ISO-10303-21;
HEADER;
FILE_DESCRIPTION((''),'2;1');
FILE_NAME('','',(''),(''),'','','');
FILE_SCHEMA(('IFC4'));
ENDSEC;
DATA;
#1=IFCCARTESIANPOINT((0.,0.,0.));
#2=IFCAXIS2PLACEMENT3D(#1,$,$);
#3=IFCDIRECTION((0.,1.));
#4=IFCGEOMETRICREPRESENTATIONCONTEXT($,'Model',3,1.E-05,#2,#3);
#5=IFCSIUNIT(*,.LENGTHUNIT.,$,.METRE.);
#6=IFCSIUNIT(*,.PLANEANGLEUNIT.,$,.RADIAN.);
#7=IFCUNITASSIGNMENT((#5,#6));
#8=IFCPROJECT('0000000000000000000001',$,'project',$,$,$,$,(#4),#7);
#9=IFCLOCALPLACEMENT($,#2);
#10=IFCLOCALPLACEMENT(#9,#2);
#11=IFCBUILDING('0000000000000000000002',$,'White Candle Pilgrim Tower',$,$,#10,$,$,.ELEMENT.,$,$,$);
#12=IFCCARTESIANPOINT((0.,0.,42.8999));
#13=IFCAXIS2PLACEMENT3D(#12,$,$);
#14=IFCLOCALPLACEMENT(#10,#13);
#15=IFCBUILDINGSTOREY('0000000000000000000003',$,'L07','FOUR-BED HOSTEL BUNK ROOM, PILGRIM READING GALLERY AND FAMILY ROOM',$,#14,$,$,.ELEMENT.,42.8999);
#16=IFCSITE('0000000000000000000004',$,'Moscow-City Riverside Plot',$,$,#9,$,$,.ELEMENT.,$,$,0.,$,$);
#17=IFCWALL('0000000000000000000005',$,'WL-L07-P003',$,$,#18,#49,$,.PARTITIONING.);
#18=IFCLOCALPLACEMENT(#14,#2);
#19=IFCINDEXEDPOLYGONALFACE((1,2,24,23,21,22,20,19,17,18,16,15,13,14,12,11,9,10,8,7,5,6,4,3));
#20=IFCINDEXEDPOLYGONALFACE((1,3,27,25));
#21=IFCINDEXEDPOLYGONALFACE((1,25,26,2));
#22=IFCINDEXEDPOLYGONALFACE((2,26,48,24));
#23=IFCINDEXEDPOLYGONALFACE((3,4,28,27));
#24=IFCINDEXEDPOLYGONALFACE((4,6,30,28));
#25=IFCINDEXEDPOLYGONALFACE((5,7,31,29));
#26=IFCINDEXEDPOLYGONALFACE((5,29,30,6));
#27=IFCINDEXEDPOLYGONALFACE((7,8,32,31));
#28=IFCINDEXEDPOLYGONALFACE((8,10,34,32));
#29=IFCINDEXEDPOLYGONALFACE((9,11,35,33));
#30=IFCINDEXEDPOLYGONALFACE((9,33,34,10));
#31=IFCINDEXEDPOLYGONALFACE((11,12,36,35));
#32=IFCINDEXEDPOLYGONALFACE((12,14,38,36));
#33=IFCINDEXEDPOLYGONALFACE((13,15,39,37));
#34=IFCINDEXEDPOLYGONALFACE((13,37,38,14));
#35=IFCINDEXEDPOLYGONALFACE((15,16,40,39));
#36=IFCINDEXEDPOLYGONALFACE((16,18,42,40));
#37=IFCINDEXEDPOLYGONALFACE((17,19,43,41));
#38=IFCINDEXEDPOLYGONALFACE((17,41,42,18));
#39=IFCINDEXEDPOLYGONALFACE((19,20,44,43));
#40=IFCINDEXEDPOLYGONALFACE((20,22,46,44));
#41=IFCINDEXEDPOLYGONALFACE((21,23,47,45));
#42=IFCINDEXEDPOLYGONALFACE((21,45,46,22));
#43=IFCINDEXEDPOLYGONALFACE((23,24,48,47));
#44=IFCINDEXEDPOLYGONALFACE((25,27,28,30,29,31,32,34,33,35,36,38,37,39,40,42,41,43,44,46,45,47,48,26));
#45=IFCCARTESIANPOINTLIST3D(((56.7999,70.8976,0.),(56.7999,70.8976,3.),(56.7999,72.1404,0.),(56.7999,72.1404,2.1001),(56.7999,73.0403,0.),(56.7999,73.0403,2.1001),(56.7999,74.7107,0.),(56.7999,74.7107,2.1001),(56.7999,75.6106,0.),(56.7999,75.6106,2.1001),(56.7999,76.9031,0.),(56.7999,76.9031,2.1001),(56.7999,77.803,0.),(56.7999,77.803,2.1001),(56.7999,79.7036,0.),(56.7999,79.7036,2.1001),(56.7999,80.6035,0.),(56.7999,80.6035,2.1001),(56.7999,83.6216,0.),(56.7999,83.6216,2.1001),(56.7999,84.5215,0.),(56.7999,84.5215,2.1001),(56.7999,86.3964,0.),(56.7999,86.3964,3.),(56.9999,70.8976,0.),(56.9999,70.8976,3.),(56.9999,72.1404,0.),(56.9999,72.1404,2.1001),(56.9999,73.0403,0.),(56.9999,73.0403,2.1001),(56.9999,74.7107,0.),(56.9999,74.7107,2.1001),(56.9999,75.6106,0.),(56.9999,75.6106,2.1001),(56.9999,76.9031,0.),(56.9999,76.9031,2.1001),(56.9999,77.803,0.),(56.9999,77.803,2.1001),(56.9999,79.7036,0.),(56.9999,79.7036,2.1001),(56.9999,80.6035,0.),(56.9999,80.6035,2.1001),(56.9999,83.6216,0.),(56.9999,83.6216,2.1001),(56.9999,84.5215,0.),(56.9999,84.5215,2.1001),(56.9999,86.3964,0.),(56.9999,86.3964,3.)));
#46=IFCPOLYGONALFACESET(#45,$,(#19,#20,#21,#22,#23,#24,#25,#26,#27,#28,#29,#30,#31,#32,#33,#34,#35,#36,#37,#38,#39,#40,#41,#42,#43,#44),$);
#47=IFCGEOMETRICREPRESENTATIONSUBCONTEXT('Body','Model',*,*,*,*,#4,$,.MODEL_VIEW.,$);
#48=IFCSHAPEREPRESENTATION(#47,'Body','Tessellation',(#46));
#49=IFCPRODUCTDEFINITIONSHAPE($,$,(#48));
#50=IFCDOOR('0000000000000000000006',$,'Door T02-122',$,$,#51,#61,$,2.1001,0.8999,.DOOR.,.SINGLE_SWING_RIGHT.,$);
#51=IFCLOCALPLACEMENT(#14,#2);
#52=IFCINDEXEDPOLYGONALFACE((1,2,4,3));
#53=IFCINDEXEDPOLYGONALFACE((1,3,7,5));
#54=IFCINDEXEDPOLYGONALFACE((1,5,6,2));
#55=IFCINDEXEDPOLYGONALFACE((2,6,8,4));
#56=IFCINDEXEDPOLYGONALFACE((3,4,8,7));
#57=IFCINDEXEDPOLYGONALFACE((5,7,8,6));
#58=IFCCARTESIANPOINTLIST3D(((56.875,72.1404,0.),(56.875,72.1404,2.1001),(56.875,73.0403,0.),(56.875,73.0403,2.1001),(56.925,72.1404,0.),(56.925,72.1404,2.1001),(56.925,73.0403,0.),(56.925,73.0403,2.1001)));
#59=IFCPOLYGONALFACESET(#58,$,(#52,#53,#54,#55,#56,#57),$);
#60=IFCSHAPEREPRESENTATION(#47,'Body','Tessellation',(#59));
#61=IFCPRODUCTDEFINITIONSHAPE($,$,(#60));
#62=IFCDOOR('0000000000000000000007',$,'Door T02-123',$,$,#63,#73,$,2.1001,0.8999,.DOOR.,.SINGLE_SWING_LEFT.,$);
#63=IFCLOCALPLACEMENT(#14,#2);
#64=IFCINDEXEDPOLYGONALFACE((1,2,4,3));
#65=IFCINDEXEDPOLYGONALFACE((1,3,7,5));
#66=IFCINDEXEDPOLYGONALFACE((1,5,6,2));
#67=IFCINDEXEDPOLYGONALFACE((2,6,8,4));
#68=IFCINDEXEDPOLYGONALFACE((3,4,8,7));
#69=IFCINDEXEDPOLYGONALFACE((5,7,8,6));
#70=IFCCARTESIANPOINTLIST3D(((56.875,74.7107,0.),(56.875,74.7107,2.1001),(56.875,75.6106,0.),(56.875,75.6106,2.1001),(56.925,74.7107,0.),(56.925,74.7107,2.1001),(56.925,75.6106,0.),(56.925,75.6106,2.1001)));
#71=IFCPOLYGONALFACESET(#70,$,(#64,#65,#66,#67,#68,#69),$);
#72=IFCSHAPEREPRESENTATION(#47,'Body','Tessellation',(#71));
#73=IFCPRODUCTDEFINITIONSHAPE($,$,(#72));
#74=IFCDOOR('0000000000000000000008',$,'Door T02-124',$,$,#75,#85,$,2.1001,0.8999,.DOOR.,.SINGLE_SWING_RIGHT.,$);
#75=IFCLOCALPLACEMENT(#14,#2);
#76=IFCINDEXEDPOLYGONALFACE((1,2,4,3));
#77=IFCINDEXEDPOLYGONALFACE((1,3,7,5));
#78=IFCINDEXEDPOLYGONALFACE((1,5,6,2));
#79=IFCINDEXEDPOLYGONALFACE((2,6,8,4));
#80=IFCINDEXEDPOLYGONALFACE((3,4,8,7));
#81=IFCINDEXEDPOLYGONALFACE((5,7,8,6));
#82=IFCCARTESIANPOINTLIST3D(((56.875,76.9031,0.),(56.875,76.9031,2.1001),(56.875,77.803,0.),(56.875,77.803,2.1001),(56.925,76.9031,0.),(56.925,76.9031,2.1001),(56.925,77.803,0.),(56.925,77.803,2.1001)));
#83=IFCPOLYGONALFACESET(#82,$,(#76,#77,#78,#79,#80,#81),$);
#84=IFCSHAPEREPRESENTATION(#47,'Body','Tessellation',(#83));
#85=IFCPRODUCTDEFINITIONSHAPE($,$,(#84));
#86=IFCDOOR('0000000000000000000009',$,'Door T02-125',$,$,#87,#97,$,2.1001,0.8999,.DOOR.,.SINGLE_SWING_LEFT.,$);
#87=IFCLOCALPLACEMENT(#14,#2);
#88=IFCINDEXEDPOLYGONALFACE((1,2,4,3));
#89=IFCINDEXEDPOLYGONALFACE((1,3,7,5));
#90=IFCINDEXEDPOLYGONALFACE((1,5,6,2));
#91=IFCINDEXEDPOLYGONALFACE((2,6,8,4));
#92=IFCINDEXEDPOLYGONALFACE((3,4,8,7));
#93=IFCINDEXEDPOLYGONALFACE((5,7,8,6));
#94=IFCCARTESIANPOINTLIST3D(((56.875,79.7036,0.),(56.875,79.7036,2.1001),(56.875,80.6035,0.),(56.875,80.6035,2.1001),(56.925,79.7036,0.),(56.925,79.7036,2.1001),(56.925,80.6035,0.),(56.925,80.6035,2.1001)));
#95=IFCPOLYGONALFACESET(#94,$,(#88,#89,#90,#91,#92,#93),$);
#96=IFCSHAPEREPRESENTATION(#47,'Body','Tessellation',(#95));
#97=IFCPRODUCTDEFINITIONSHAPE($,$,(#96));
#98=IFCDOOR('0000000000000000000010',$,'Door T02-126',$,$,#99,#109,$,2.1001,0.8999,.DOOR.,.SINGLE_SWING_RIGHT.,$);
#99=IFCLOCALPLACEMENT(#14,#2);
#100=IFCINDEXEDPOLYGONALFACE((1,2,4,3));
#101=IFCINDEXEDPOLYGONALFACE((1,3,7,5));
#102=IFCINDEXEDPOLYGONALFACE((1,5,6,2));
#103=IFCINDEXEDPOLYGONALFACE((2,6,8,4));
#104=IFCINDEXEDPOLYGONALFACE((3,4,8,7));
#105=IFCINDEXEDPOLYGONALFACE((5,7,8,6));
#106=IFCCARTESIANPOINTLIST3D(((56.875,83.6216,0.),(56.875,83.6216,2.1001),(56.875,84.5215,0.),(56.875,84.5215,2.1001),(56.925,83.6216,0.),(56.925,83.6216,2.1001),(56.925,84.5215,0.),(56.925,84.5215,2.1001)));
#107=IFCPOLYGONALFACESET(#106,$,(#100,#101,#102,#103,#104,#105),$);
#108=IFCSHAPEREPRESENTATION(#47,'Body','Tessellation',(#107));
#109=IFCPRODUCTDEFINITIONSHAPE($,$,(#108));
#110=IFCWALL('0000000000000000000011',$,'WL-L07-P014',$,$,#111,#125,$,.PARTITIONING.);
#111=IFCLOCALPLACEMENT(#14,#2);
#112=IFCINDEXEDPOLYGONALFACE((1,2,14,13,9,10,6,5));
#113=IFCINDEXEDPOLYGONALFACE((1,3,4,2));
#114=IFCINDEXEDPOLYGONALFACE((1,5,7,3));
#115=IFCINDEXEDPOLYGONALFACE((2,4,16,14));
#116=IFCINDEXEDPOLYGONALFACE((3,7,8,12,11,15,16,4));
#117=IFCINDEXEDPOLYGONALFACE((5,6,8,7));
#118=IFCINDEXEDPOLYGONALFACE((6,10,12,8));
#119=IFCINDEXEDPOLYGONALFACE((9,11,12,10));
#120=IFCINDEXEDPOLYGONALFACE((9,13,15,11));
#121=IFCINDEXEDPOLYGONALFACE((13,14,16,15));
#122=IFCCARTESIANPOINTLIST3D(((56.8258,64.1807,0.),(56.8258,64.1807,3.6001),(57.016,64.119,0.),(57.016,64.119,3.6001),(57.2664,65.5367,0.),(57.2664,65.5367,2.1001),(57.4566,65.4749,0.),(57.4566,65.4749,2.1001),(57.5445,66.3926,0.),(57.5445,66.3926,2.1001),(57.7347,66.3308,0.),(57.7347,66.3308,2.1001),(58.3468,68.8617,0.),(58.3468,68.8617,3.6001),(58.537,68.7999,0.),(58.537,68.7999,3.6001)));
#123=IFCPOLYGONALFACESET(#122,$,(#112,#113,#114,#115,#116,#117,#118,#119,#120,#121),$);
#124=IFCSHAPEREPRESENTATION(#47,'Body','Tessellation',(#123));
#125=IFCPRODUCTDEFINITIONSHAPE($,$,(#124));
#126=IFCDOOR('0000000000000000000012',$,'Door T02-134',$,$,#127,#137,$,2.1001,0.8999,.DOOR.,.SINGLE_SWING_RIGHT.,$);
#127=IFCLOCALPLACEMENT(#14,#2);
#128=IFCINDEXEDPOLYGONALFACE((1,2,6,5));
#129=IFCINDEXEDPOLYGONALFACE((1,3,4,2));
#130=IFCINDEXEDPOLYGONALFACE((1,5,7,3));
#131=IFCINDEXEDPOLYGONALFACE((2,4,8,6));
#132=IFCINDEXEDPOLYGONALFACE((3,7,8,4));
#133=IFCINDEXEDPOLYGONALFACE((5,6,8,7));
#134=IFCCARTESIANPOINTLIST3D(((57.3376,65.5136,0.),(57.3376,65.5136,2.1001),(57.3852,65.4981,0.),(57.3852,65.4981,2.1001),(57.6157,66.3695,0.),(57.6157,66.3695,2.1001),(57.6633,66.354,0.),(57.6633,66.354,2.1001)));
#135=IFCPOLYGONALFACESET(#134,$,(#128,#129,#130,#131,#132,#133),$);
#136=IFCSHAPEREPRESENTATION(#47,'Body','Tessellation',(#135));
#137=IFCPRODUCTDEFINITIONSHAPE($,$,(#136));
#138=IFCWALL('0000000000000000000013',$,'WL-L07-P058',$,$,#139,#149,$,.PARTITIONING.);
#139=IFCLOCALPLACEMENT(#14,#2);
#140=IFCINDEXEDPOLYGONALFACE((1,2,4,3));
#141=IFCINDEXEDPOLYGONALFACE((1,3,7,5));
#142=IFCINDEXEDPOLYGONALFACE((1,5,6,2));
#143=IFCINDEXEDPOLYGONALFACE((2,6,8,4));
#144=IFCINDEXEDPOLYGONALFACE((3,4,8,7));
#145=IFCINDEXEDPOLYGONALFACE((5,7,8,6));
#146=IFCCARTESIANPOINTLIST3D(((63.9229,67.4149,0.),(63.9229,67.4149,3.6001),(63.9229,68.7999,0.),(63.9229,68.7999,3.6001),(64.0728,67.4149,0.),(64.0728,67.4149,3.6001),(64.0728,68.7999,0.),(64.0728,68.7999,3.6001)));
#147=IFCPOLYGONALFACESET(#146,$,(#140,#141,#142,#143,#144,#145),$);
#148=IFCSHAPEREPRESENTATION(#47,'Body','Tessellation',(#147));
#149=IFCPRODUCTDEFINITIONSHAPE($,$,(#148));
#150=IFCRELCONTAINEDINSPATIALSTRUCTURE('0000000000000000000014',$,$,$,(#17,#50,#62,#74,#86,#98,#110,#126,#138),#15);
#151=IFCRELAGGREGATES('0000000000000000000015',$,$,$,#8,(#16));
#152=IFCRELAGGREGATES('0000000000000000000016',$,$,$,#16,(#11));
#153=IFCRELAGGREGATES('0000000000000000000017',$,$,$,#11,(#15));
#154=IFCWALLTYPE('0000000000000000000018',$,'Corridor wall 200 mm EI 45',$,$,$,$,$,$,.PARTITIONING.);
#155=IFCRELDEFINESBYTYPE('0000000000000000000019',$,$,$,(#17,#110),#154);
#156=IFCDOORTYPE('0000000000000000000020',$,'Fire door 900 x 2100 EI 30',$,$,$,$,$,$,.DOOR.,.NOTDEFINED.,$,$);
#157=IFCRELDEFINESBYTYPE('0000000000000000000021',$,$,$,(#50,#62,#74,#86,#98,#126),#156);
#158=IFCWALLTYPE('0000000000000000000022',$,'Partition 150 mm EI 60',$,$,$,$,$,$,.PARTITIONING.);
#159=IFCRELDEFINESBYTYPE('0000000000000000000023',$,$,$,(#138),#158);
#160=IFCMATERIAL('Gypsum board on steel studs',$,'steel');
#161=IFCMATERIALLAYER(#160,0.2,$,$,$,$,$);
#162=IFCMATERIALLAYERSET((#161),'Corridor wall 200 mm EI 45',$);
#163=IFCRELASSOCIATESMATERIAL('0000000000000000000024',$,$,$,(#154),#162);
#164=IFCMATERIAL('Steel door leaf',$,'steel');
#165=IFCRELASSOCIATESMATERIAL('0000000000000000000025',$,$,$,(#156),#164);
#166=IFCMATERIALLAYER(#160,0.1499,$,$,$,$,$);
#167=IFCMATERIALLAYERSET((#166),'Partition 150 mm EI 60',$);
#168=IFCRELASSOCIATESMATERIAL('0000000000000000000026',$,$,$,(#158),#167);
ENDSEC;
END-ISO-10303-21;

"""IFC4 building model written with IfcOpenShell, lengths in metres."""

from ifc_helpers import new_model, si_unit, direction, frame, frame_2d, origin, place, context, subcontext, project, spatial, rectangle, extrude, material, layer, layer_set, type_object, element, fill, save


model = new_model("IFC4")

# Units and contexts
model_context = context("Model", 3, precision=1e-05, world=origin(), true_north=direction((0.0, 1.0)))
body_context = subcontext(model_context, "Body", "Model", "MODEL_VIEW")
ifc_project = project(units=[si_unit("LENGTHUNIT", "METRE"), si_unit("PLANEANGLEUNIT", "RADIAN")], contexts=[model_context])

# Site, building, storey
site_placement = place(None, origin())
site = spatial("IfcSite", under=ifc_project, at=site_placement, Name="Moscow-City Riverside Plot", CompositionType="ELEMENT", RefElevation=0.0)
building_placement = place(site_placement, origin())
building = spatial("IfcBuilding", under=site, at=building_placement, Name="White Candle Pilgrim Tower", CompositionType="ELEMENT")
storey_placement = place(building_placement, frame((0.0, 0.0, 42.8999)))
storey = spatial("IfcBuildingStorey", under=building, at=storey_placement, Name="L07", Description="FOUR-BED HOSTEL BUNK ROOM, PILGRIM READING GALLERY AND FAMILY ROOM", CompositionType="ELEMENT", Elevation=42.8999)

# Wall, openings, doors
ifc_material_1 = material(Name="Gypsum board on steel studs", Category="steel")
ifc_layer_1 = layer(ifc_material_1, 0.2)
ifc_layer_set_1 = layer_set([ifc_layer_1], Name="Corridor wall 200 mm EI 45")
wall_type_1 = type_object("IfcWallType", Name="Corridor wall 200 mm EI 45", PredefinedType="PARTITIONING", material=ifc_layer_set_1)
wall_1_placement = place(storey_placement, frame((56.8999, 70.8975, 0.0), z_axis=(0.0, 0.0, 1.0), x_axis=(0.0, 1.0, 0.0)))
wall_1 = element("IfcWall", 1, at=wall_1_placement, inside=storey, type_object=wall_type_1, Name="WL-L07-P003", PredefinedType="PARTITIONING", context=body_context, shape_type="SweptSolid", body=[
    extrude(rectangle(XDim=15.4988, YDim=0.2, at=frame_2d((7.7495, 0.0))), origin(), (0.0, 0.0, 1.0), 3.0),
])
opening_1_placement = place(wall_1_placement, frame((1.2429, 0.0, 0.0)))
opening_1 = element("IfcOpeningElement", 2, at=opening_1_placement, cuts=wall_1, PredefinedType="OPENING", context=body_context, shape_type="SweptSolid", body=[
    extrude(rectangle(XDim=0.8999, YDim=2.1001, at=frame_2d((0.45, 1.05))), frame((0.0, 0.1099, 0.0), z_axis=(0.0, -1.0, 0.0), x_axis=(1.0, 0.0, 0.0)), (0.0, 0.0, 1.0), 0.22),
])
opening_2_placement = place(wall_1_placement, frame((3.8132, 0.0, 0.0)))
opening_2 = element("IfcOpeningElement", 3, at=opening_2_placement, cuts=wall_1, PredefinedType="OPENING", context=body_context, shape_type="SweptSolid", body=[
    extrude(rectangle(XDim=0.8999, YDim=2.1001, at=frame_2d((0.45, 1.05))), frame((0.0, 0.1099, 0.0), z_axis=(0.0, -1.0, 0.0), x_axis=(1.0, 0.0, 0.0)), (0.0, 0.0, 1.0), 0.22),
])
opening_3_placement = place(wall_1_placement, frame((6.0056, 0.0, 0.0)))
opening_3 = element("IfcOpeningElement", 4, at=opening_3_placement, cuts=wall_1, PredefinedType="OPENING", context=body_context, shape_type="SweptSolid", body=[
    extrude(rectangle(XDim=0.8999, YDim=2.1001, at=frame_2d((0.45, 1.05))), frame((0.0, 0.1099, 0.0), z_axis=(0.0, -1.0, 0.0), x_axis=(1.0, 0.0, 0.0)), (0.0, 0.0, 1.0), 0.22),
])
opening_4_placement = place(wall_1_placement, frame((8.8062, 0.0, 0.0)))
opening_4 = element("IfcOpeningElement", 5, at=opening_4_placement, cuts=wall_1, PredefinedType="OPENING", context=body_context, shape_type="SweptSolid", body=[
    extrude(rectangle(XDim=0.8999, YDim=2.1001, at=frame_2d((0.45, 1.05))), frame((0.0, 0.1099, 0.0), z_axis=(0.0, -1.0, 0.0), x_axis=(1.0, 0.0, 0.0)), (0.0, 0.0, 1.0), 0.22),
])
opening_5_placement = place(wall_1_placement, frame((12.7241, 0.0, 0.0)))
opening_5 = element("IfcOpeningElement", 6, at=opening_5_placement, cuts=wall_1, PredefinedType="OPENING", context=body_context, shape_type="SweptSolid", body=[
    extrude(rectangle(XDim=0.8999, YDim=2.1001, at=frame_2d((0.45, 1.05))), frame((0.0, 0.1099, 0.0), z_axis=(0.0, -1.0, 0.0), x_axis=(1.0, 0.0, 0.0)), (0.0, 0.0, 1.0), 0.22),
])
ifc_material_2 = material(Name="Steel door leaf", Category="steel")
door_type_1 = type_object("IfcDoorType", Name="Fire door 900 x 2100 EI 30", OperationType="NOTDEFINED", PredefinedType="DOOR", material=ifc_material_2)
door_1_placement = place(opening_1_placement, origin())
door_1 = element("IfcDoor", 7, at=door_1_placement, inside=storey, type_object=door_type_1, Name="Door T02-122", OperationType="SINGLE_SWING_RIGHT", OverallHeight=2.1001, OverallWidth=0.8999, PredefinedType="DOOR", context=body_context, shape_type="SweptSolid", body=[
    extrude(rectangle(XDim=0.8999, YDim=2.1001, at=frame_2d((0.45, 1.05))), frame((0.0, 0.0249, 0.0), z_axis=(0.0, -1.0, 0.0), x_axis=(1.0, 0.0, 0.0)), (0.0, 0.0, 1.0), 0.05),
])
fill(opening_1, door_1)
door_2_placement = place(opening_2_placement, origin())
door_2 = element("IfcDoor", 8, at=door_2_placement, inside=storey, type_object=door_type_1, Name="Door T02-123", OperationType="SINGLE_SWING_LEFT", OverallHeight=2.1001, OverallWidth=0.8999, PredefinedType="DOOR", context=body_context, shape_type="SweptSolid", body=[
    extrude(rectangle(XDim=0.8999, YDim=2.1001, at=frame_2d((0.45, 1.05))), frame((0.0, 0.0249, 0.0), z_axis=(0.0, -1.0, 0.0), x_axis=(1.0, 0.0, 0.0)), (0.0, 0.0, 1.0), 0.05),
])
fill(opening_2, door_2)
door_3_placement = place(opening_3_placement, origin())
door_3 = element("IfcDoor", 9, at=door_3_placement, inside=storey, type_object=door_type_1, Name="Door T02-124", OperationType="SINGLE_SWING_RIGHT", OverallHeight=2.1001, OverallWidth=0.8999, PredefinedType="DOOR", context=body_context, shape_type="SweptSolid", body=[
    extrude(rectangle(XDim=0.8999, YDim=2.1001, at=frame_2d((0.45, 1.05))), frame((0.0, 0.0249, 0.0), z_axis=(0.0, -1.0, 0.0), x_axis=(1.0, 0.0, 0.0)), (0.0, 0.0, 1.0), 0.05),
])
fill(opening_3, door_3)
door_4_placement = place(opening_4_placement, origin())
door_4 = element("IfcDoor", 10, at=door_4_placement, inside=storey, type_object=door_type_1, Name="Door T02-125", OperationType="SINGLE_SWING_LEFT", OverallHeight=2.1001, OverallWidth=0.8999, PredefinedType="DOOR", context=body_context, shape_type="SweptSolid", body=[
    extrude(rectangle(XDim=0.8999, YDim=2.1001, at=frame_2d((0.45, 1.05))), frame((0.0, 0.0249, 0.0), z_axis=(0.0, -1.0, 0.0), x_axis=(1.0, 0.0, 0.0)), (0.0, 0.0, 1.0), 0.05),
])
fill(opening_4, door_4)
door_5_placement = place(opening_5_placement, origin())
door_5 = element("IfcDoor", 11, at=door_5_placement, inside=storey, type_object=door_type_1, Name="Door T02-126", OperationType="SINGLE_SWING_RIGHT", OverallHeight=2.1001, OverallWidth=0.8999, PredefinedType="DOOR", context=body_context, shape_type="SweptSolid", body=[
    extrude(rectangle(XDim=0.8999, YDim=2.1001, at=frame_2d((0.45, 1.05))), frame((0.0, 0.0249, 0.0), z_axis=(0.0, -1.0, 0.0), x_axis=(1.0, 0.0, 0.0)), (0.0, 0.0, 1.0), 0.05),
])
fill(opening_5, door_5)

# Wall, opening, door
wall_2_placement = place(storey_placement, frame((58.4419, 68.8308, 0.0), z_axis=(0.0, 0.0, 1.0), x_axis=(-0.309031, -0.951052, 0.0)))
wall_2 = element("IfcWall", 12, at=wall_2_placement, inside=storey, type_object=wall_type_1, Name="WL-L07-P014", PredefinedType="PARTITIONING", context=body_context, shape_type="SweptSolid", body=[
    extrude(rectangle(XDim=4.9219, YDim=0.2, at=frame_2d((2.4609, 0.0))), origin(), (0.0, 0.0, 1.0), 3.6001),
])
opening_6_placement = place(wall_2_placement, frame((2.5962, 0.0, 0.0)))
opening_6 = element("IfcOpeningElement", 13, at=opening_6_placement, cuts=wall_2, PredefinedType="OPENING", context=body_context, shape_type="SweptSolid", body=[
    extrude(rectangle(XDim=0.8999, YDim=2.1001, at=frame_2d((0.45, 1.05))), frame((0.0, 0.1099, 0.0), z_axis=(0.0, -1.0, 0.0), x_axis=(1.0, 0.0, 0.0)), (0.0, 0.0, 1.0), 0.22),
])
door_6_placement = place(opening_6_placement, origin())
door_6 = element("IfcDoor", 14, at=door_6_placement, inside=storey, type_object=door_type_1, Name="Door T02-134", OperationType="SINGLE_SWING_RIGHT", OverallHeight=2.1001, OverallWidth=0.8999, PredefinedType="DOOR", context=body_context, shape_type="SweptSolid", body=[
    extrude(rectangle(XDim=0.8999, YDim=2.1001, at=frame_2d((0.45, 1.05))), frame((0.0, 0.0249, 0.0), z_axis=(0.0, -1.0, 0.0), x_axis=(1.0, 0.0, 0.0)), (0.0, 0.0, 1.0), 0.05),
])
fill(opening_6, door_6)

# Wall
ifc_layer_2 = layer(ifc_material_1, 0.1499)
ifc_layer_set_2 = layer_set([ifc_layer_2], Name="Partition 150 mm EI 60")
wall_type_2 = type_object("IfcWallType", Name="Partition 150 mm EI 60", PredefinedType="PARTITIONING", material=ifc_layer_set_2)
wall_3_placement = place(storey_placement, frame((63.9978, 67.415, 0.0), z_axis=(0.0, 0.0, 1.0), x_axis=(0.0, 1.0, 0.0)))
element("IfcWall", 15, at=wall_3_placement, inside=storey, type_object=wall_type_2, Name="WL-L07-P058", PredefinedType="PARTITIONING", context=body_context, shape_type="SweptSolid", body=[
    extrude(rectangle(XDim=1.385, YDim=0.1499, at=frame_2d((0.6924, 0.0))), origin(), (0.0, 0.0, 1.0), 3.6001),
])

save(model, "model.ifc")
